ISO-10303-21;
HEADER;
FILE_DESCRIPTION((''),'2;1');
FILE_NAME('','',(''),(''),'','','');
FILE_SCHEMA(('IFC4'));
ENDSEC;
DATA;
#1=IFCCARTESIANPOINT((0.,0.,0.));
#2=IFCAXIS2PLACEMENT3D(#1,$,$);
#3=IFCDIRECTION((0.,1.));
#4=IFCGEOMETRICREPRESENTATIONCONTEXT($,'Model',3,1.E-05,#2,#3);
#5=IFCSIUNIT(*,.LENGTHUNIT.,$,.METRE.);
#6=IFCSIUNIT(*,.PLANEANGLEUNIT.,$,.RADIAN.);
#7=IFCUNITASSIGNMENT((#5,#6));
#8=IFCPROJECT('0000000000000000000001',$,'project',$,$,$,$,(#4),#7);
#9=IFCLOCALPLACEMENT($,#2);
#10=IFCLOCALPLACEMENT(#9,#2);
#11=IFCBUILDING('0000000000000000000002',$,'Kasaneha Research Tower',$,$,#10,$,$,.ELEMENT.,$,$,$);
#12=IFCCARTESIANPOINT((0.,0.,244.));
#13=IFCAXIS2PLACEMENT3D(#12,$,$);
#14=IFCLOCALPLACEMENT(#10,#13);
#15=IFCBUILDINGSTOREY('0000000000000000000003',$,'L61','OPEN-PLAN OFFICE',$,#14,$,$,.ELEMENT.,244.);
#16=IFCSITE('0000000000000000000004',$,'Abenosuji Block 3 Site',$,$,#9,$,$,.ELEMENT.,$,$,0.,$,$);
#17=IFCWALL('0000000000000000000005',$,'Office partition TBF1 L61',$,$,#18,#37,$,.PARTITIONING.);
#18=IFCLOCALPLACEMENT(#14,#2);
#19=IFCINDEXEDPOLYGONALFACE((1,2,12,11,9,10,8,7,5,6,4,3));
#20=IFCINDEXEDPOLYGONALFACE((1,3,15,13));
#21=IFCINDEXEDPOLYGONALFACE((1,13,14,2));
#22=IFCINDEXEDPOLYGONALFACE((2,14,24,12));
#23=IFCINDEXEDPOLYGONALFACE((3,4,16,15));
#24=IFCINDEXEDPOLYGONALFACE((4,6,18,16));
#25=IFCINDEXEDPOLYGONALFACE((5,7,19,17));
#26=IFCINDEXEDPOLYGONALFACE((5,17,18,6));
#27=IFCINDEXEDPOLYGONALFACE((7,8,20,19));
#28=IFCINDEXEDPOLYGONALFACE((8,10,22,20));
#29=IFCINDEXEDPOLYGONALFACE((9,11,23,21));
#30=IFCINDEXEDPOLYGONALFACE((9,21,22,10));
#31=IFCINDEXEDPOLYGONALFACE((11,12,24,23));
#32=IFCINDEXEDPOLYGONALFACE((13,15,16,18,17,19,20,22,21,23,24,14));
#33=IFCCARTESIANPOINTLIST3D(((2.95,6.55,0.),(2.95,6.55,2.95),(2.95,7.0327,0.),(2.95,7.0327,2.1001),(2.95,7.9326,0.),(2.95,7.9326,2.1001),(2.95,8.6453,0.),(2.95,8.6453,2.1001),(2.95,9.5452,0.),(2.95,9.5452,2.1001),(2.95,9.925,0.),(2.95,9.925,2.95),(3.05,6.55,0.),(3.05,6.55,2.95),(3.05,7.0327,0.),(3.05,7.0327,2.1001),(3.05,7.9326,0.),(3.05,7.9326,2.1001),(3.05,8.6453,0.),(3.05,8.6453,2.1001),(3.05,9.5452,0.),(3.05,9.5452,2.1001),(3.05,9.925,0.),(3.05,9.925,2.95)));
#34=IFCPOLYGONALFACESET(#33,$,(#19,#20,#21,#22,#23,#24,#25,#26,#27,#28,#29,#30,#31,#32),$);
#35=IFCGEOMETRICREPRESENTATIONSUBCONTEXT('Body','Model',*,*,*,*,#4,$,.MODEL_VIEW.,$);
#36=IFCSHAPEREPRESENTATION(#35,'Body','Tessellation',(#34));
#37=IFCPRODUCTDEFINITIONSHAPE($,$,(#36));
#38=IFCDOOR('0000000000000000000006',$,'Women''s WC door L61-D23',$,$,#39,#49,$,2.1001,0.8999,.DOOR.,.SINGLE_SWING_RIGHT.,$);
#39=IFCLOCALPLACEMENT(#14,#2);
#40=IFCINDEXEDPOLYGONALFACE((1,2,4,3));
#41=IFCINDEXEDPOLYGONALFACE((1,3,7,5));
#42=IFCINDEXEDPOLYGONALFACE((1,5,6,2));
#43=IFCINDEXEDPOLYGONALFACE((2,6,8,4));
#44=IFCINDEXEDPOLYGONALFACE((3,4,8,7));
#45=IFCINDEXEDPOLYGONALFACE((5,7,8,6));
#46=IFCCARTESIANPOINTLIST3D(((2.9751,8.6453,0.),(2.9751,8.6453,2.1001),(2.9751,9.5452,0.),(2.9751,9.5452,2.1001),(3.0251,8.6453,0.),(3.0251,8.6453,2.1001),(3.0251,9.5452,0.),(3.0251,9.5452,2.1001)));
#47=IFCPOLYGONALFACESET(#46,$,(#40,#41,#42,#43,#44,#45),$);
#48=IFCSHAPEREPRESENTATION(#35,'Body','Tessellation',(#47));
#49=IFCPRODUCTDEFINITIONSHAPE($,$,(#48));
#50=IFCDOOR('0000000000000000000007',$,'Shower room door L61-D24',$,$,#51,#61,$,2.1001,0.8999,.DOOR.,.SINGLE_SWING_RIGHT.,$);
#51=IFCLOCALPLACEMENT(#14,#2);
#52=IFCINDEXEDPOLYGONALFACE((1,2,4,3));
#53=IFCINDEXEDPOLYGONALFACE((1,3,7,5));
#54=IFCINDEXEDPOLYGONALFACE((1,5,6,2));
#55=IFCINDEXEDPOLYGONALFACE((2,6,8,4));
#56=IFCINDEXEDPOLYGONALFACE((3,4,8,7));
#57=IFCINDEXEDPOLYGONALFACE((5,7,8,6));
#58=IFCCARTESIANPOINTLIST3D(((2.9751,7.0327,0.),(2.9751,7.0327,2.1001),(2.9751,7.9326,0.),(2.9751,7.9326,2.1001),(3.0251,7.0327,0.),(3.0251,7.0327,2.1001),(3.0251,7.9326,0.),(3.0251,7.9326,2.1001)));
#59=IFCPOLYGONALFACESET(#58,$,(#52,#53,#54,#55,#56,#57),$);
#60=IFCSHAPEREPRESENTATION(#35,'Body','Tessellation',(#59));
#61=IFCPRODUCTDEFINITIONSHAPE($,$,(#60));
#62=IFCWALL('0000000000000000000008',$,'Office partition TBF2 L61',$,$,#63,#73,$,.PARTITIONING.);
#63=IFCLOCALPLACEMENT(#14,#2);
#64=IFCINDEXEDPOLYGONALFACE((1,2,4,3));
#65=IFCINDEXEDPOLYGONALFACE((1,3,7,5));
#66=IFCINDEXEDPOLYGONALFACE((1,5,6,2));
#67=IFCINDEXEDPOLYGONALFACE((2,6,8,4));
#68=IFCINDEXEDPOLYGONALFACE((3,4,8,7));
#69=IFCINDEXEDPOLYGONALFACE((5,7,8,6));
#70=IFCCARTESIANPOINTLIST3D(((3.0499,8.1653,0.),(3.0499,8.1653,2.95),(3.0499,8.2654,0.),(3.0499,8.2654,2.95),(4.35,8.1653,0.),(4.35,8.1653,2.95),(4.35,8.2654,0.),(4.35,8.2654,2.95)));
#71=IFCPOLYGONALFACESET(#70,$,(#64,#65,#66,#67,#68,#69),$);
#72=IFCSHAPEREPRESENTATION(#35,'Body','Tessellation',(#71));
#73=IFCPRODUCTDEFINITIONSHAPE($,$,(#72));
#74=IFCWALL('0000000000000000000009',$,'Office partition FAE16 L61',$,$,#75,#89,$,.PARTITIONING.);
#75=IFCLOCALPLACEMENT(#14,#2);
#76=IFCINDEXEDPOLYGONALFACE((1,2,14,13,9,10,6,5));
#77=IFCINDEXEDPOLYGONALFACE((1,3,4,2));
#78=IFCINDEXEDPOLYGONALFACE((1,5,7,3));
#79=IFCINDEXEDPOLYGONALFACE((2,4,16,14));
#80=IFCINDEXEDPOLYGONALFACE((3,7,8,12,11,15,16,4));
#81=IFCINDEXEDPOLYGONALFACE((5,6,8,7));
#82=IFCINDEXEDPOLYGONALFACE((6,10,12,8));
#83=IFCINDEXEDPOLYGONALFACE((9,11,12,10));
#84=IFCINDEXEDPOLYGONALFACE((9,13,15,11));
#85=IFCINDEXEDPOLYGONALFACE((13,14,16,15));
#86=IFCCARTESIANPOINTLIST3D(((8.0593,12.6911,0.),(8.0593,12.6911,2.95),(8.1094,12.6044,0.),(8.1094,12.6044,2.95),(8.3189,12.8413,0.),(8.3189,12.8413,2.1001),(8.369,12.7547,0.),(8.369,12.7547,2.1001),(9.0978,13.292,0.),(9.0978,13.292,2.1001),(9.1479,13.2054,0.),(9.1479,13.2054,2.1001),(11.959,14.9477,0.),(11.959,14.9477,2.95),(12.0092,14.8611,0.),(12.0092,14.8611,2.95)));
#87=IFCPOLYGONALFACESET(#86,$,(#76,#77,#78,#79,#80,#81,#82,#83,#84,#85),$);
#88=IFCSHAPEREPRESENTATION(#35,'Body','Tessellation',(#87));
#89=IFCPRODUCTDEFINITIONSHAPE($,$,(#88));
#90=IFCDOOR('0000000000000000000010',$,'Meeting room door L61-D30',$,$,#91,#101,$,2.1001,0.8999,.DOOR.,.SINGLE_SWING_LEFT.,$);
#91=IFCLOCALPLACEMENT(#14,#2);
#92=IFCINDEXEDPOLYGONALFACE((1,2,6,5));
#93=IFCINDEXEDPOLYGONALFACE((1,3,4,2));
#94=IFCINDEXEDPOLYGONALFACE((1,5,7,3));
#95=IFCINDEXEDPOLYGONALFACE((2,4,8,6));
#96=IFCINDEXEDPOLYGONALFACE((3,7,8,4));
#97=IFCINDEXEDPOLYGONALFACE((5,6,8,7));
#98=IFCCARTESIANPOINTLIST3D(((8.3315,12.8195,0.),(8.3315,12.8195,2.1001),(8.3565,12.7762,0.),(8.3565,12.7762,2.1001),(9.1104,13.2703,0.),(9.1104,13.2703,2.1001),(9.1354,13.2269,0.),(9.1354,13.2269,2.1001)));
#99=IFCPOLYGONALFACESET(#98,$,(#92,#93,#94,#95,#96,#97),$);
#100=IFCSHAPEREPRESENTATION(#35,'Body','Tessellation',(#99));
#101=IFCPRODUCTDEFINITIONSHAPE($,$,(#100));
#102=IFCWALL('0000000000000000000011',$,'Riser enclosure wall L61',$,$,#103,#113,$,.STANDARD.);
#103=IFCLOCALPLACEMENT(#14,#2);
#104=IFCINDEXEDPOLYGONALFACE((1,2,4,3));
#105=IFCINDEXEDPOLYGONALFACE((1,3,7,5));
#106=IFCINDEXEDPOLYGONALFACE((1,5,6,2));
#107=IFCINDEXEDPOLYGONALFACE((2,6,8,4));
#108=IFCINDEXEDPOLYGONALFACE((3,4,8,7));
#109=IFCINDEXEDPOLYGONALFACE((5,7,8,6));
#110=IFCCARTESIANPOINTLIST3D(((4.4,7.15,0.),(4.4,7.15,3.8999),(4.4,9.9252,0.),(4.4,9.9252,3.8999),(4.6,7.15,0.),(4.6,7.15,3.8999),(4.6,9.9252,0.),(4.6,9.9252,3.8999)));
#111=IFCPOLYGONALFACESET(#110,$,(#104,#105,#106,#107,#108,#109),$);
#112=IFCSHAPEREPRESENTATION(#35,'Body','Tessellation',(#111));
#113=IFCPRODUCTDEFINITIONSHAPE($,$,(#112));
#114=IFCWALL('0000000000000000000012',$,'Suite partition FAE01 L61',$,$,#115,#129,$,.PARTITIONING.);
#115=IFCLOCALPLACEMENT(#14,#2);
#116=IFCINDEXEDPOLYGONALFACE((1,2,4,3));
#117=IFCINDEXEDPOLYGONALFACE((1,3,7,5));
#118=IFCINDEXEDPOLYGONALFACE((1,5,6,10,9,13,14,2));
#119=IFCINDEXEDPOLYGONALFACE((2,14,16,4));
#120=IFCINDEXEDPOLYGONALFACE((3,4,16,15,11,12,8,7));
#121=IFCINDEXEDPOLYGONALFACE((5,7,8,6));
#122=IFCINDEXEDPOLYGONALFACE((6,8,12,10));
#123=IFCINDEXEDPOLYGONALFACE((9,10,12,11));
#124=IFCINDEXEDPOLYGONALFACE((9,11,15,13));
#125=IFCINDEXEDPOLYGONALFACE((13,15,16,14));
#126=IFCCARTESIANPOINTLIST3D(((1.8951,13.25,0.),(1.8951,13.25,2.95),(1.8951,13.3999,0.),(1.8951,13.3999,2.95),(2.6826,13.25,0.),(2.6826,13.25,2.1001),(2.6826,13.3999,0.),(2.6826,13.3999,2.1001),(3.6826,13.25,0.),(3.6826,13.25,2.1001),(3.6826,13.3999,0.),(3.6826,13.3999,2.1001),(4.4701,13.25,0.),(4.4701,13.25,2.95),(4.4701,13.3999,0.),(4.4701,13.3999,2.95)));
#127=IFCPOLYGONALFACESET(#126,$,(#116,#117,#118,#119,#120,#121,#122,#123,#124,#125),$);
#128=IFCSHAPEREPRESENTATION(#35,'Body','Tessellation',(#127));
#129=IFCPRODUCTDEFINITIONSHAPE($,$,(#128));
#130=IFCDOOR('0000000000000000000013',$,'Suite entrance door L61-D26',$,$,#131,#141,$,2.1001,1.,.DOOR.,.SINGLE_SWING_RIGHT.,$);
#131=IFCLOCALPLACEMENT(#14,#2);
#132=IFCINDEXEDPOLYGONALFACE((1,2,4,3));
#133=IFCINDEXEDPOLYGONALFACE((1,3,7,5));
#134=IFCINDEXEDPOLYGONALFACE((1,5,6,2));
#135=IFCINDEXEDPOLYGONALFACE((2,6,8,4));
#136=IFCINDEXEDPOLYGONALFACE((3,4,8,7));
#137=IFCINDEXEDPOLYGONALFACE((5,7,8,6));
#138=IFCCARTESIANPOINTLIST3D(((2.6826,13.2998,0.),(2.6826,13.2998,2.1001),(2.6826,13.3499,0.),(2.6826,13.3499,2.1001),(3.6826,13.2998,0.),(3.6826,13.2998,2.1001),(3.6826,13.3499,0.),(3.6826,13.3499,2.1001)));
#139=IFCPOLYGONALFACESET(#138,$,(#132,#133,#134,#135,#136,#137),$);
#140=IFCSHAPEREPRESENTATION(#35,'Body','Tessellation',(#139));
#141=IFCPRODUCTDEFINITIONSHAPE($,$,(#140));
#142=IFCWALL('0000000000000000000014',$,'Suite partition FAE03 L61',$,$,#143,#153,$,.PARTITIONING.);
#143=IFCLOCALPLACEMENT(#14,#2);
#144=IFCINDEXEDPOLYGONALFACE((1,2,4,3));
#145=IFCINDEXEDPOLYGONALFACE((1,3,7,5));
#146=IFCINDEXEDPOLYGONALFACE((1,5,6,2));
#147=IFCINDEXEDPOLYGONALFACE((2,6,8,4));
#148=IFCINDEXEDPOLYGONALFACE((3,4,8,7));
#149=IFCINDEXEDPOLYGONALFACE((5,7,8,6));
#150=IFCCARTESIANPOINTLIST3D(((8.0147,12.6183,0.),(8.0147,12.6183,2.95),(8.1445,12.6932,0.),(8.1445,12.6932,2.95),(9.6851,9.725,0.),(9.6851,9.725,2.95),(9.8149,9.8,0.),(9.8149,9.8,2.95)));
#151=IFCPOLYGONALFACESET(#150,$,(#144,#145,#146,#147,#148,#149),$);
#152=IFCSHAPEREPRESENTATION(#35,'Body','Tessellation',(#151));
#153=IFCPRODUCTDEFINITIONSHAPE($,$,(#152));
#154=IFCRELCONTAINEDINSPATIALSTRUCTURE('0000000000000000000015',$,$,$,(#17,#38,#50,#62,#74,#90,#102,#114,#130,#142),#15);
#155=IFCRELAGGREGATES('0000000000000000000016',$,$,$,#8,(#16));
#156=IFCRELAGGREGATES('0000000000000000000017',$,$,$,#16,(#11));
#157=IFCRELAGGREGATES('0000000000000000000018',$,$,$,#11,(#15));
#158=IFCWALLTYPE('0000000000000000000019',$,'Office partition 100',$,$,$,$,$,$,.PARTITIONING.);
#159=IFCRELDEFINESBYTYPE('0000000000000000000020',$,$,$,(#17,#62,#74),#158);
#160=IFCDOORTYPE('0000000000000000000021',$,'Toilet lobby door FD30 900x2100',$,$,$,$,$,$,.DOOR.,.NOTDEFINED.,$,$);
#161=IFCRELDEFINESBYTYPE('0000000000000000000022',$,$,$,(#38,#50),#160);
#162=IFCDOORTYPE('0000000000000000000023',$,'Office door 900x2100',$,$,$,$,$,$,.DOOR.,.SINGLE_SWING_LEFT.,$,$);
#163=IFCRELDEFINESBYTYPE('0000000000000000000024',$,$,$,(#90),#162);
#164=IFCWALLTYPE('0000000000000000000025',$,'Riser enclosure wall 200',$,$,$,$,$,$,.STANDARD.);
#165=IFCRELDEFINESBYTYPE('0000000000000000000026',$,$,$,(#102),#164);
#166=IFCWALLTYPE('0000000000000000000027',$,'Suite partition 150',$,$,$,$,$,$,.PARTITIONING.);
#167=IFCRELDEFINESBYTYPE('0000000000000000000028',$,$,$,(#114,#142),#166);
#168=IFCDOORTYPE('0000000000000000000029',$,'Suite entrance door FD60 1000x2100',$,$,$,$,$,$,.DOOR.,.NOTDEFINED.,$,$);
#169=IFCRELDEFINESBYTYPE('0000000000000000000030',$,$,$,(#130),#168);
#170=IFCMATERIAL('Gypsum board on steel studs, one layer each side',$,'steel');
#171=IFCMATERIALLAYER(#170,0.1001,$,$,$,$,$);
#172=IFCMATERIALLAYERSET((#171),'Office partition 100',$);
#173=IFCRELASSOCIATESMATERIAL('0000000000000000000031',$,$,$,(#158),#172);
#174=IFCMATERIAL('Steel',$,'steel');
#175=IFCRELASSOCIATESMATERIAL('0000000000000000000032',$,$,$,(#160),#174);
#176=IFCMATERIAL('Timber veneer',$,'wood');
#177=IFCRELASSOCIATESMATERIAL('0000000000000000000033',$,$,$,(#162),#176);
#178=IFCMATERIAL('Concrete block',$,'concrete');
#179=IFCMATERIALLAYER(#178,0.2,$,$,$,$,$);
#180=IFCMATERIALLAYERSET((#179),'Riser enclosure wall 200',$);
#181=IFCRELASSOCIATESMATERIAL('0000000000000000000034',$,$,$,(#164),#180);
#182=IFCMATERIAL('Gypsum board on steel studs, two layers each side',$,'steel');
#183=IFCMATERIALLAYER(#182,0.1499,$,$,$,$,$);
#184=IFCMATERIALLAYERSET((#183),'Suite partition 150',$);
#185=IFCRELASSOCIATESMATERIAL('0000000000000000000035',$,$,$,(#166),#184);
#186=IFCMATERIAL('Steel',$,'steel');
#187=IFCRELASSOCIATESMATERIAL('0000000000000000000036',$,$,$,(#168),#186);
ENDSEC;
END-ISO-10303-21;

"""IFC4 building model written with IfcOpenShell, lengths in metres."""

from ifc_helpers import new_model, si_unit, direction, frame, frame_2d, origin, place, context, subcontext, project, spatial, rectangle, extrude, material, layer, layer_set, type_object, element, fill, save


model = new_model("IFC4")

# Units and contexts
model_context = context("Model", 3, precision=1e-05, world=origin(), true_north=direction((0.0, 1.0)))
body_context = subcontext(model_context, "Body", "Model", "MODEL_VIEW")
ifc_project = project(units=[si_unit("LENGTHUNIT", "METRE"), si_unit("PLANEANGLEUNIT", "RADIAN")], contexts=[model_context])

# Site, building, storey
site_placement = place(None, origin())
site = spatial("IfcSite", under=ifc_project, at=site_placement, Name="Abenosuji Block 3 Site", CompositionType="ELEMENT", RefElevation=0.0)
building_placement = place(site_placement, origin())
building = spatial("IfcBuilding", under=site, at=building_placement, Name="Kasaneha Research Tower", CompositionType="ELEMENT")
storey_placement = place(building_placement, frame((0.0, 0.0, 244.0)))
storey = spatial("IfcBuildingStorey", under=building, at=storey_placement, Name="L61", Description="OPEN-PLAN OFFICE", CompositionType="ELEMENT", Elevation=244.0)

# Wall, openings, doors
ifc_material_1 = material(Name="Gypsum board on steel studs, one layer each side", Category="steel")
ifc_layer_1 = layer(ifc_material_1, 0.1001)
ifc_layer_set_1 = layer_set([ifc_layer_1], Name="Office partition 100")
wall_type_1 = type_object("IfcWallType", Name="Office partition 100", PredefinedType="PARTITIONING", material=ifc_layer_set_1)
wall_1_placement = place(storey_placement, frame((3.0, 6.55, 0.0), z_axis=(0.0, 0.0, 1.0), x_axis=(0.0, 1.0, 0.0)))
wall_1 = element("IfcWall", 1, at=wall_1_placement, inside=storey, type_object=wall_type_1, Name="Office partition TBF1 L61", PredefinedType="PARTITIONING", context=body_context, shape_type="SweptSolid", body=[
    extrude(rectangle(XDim=3.375, YDim=0.1001, at=frame_2d((1.6875, 0.0))), origin(), (0.0, 0.0, 1.0), 2.95),
])
opening_1_placement = place(wall_1_placement, frame((2.0952, 0.0, 0.0)))
opening_1 = element("IfcOpeningElement", 2, at=opening_1_placement, cuts=wall_1, PredefinedType="OPENING", context=body_context, shape_type="SweptSolid", body=[
    extrude(rectangle(XDim=0.8999, YDim=2.1001, at=frame_2d((0.45, 1.05))), frame((0.0, 0.0601, 0.0), z_axis=(0.0, -1.0, 0.0), x_axis=(1.0, 0.0, 0.0)), (0.0, 0.0, 1.0), 0.1201),
])
opening_2_placement = place(wall_1_placement, frame((0.4827, 0.0, 0.0)))
opening_2 = element("IfcOpeningElement", 3, at=opening_2_placement, cuts=wall_1, PredefinedType="OPENING", context=body_context, shape_type="SweptSolid", body=[
    extrude(rectangle(XDim=0.8999, YDim=2.1001, at=frame_2d((0.45, 1.05))), frame((0.0, 0.0601, 0.0), z_axis=(0.0, -1.0, 0.0), x_axis=(1.0, 0.0, 0.0)), (0.0, 0.0, 1.0), 0.1201),
])
ifc_material_2 = material(Name="Steel", Category="steel")
door_type_1 = type_object("IfcDoorType", Name="Toilet lobby door FD30 900x2100", OperationType="NOTDEFINED", PredefinedType="DOOR", material=ifc_material_2)
door_1_placement = place(opening_1_placement, origin())
door_1 = element("IfcDoor", 4, at=door_1_placement, inside=storey, type_object=door_type_1, Name="Women's WC door L61-D23", OperationType="SINGLE_SWING_RIGHT", OverallHeight=2.1001, OverallWidth=0.8999, PredefinedType="DOOR", context=body_context, shape_type="SweptSolid", body=[
    extrude(rectangle(XDim=0.8999, YDim=2.1001, at=frame_2d((0.45, 1.05))), frame((0.0, 0.0249, 0.0), z_axis=(0.0, -1.0, 0.0), x_axis=(1.0, 0.0, 0.0)), (0.0, 0.0, 1.0), 0.05),
])
fill(opening_1, door_1)
door_2_placement = place(opening_2_placement, origin())
door_2 = element("IfcDoor", 5, at=door_2_placement, inside=storey, type_object=door_type_1, Name="Shower room door L61-D24", OperationType="SINGLE_SWING_RIGHT", OverallHeight=2.1001, OverallWidth=0.8999, PredefinedType="DOOR", context=body_context, shape_type="SweptSolid", body=[
    extrude(rectangle(XDim=0.8999, YDim=2.1001, at=frame_2d((0.45, 1.05))), frame((0.0, 0.0249, 0.0), z_axis=(0.0, -1.0, 0.0), x_axis=(1.0, 0.0, 0.0)), (0.0, 0.0, 1.0), 0.05),
])
fill(opening_2, door_2)

# Wall
wall_2_placement = place(storey_placement, frame((3.05, 8.2153, 0.0), z_axis=(0.0, 0.0, 1.0), x_axis=(1.0, 0.0, 0.0)))
element("IfcWall", 6, at=wall_2_placement, inside=storey, type_object=wall_type_1, Name="Office partition TBF2 L61", PredefinedType="PARTITIONING", context=body_context, shape_type="SweptSolid", body=[
    extrude(rectangle(XDim=1.3, YDim=0.1001, at=frame_2d((0.6499, 0.0))), origin(), (0.0, 0.0, 1.0), 2.95),
])

# Wall, opening, door
wall_3_placement = place(storey_placement, frame((8.0842, 12.6477, 0.0), z_axis=(0.0, 0.0, 1.0), x_axis=(0.865533, 0.500853, 0.0)))
wall_3 = element("IfcWall", 7, at=wall_3_placement, inside=storey, type_object=wall_type_1, Name="Office partition FAE16 L61", PredefinedType="PARTITIONING", context=body_context, shape_type="SweptSolid", body=[
    extrude(rectangle(XDim=4.5056, YDim=0.1001, at=frame_2d((2.2529, 0.0))), origin(), (0.0, 0.0, 1.0), 2.95),
])
opening_3_placement = place(wall_3_placement, frame((0.3, 0.0, 0.0)))
opening_3 = element("IfcOpeningElement", 8, at=opening_3_placement, cuts=wall_3, PredefinedType="OPENING", context=body_context, shape_type="SweptSolid", body=[
    extrude(rectangle(XDim=0.8999, YDim=2.1001, at=frame_2d((0.45, 1.05))), frame((0.0, 0.0601, 0.0), z_axis=(0.0, -1.0, 0.0), x_axis=(1.0, 0.0, 0.0)), (0.0, 0.0, 1.0), 0.1201),
])
ifc_material_3 = material(Name="Timber veneer", Category="wood")
door_type_2 = type_object("IfcDoorType", Name="Office door 900x2100", OperationType="SINGLE_SWING_LEFT", PredefinedType="DOOR", material=ifc_material_3)
door_3_placement = place(opening_3_placement, origin())
door_3 = element("IfcDoor", 9, at=door_3_placement, inside=storey, type_object=door_type_2, Name="Meeting room door L61-D30", OperationType="SINGLE_SWING_LEFT", OverallHeight=2.1001, OverallWidth=0.8999, PredefinedType="DOOR", context=body_context, shape_type="SweptSolid", body=[
    extrude(rectangle(XDim=0.8999, YDim=2.1001, at=frame_2d((0.45, 1.05))), frame((0.0, 0.0249, 0.0), z_axis=(0.0, -1.0, 0.0), x_axis=(1.0, 0.0, 0.0)), (0.0, 0.0, 1.0), 0.05),
])
fill(opening_3, door_3)

# Wall
ifc_material_4 = material(Name="Concrete block", Category="concrete")
ifc_layer_2 = layer(ifc_material_4, 0.2)
ifc_layer_set_2 = layer_set([ifc_layer_2], Name="Riser enclosure wall 200")
wall_type_2 = type_object("IfcWallType", Name="Riser enclosure wall 200", PredefinedType="STANDARD", material=ifc_layer_set_2)
wall_4_placement = place(storey_placement, frame((4.5, 7.1499, 0.0), z_axis=(0.0, 0.0, 1.0), x_axis=(0.0, 1.0, 0.0)))
element("IfcWall", 10, at=wall_4_placement, inside=storey, type_object=wall_type_2, Name="Riser enclosure wall L61", PredefinedType="STANDARD", context=body_context, shape_type="SweptSolid", body=[
    extrude(rectangle(XDim=2.7751, YDim=0.2, at=frame_2d((1.3877, 0.0))), origin(), (0.0, 0.0, 1.0), 3.8999),
])

# Wall, opening, door
ifc_material_5 = material(Name="Gypsum board on steel studs, two layers each side", Category="steel")
ifc_layer_3 = layer(ifc_material_5, 0.1499)
ifc_layer_set_3 = layer_set([ifc_layer_3], Name="Suite partition 150")
wall_type_3 = type_object("IfcWallType", Name="Suite partition 150", PredefinedType="PARTITIONING", material=ifc_layer_set_3)
wall_5_placement = place(storey_placement, frame((1.895, 13.325, 0.0), z_axis=(0.0, 0.0, 1.0), x_axis=(1.0, 0.0, 0.0)))
wall_5 = element("IfcWall", 11, at=wall_5_placement, inside=storey, type_object=wall_type_3, Name="Suite partition FAE01 L61", PredefinedType="PARTITIONING", context=body_context, shape_type="SweptSolid", body=[
    extrude(rectangle(XDim=2.575, YDim=0.1499, at=frame_2d((1.2876, 0.0))), origin(), (0.0, 0.0, 1.0), 2.95),
])
opening_4_placement = place(wall_5_placement, frame((0.7876, 0.0, 0.0)))
opening_4 = element("IfcOpeningElement", 12, at=opening_4_placement, cuts=wall_5, PredefinedType="OPENING", context=body_context, shape_type="SweptSolid", body=[
    extrude(rectangle(XDim=1.0, YDim=2.1001, at=frame_2d((0.5, 1.05))), frame((0.0, 0.085, 0.0), z_axis=(0.0, -1.0, 0.0), x_axis=(1.0, 0.0, 0.0)), (0.0, 0.0, 1.0), 0.1699),
])
ifc_material_6 = material(Name="Steel", Category="steel")
door_type_3 = type_object("IfcDoorType", Name="Suite entrance door FD60 1000x2100", OperationType="NOTDEFINED", PredefinedType="DOOR", material=ifc_material_6)
door_4_placement = place(opening_4_placement, origin())
door_4 = element("IfcDoor", 13, at=door_4_placement, inside=storey, type_object=door_type_3, Name="Suite entrance door L61-D26", OperationType="SINGLE_SWING_RIGHT", OverallHeight=2.1001, OverallWidth=1.0, PredefinedType="DOOR", context=body_context, shape_type="SweptSolid", body=[
    extrude(rectangle(XDim=1.0, YDim=2.1001, at=frame_2d((0.5, 1.05))), frame((0.0, 0.0249, 0.0), z_axis=(0.0, -1.0, 0.0), x_axis=(1.0, 0.0, 0.0)), (0.0, 0.0, 1.0), 0.05),
])
fill(opening_4, door_4)

# Wall
wall_6_placement = place(storey_placement, frame((8.0796, 12.6558, 0.0), z_axis=(0.0, 0.0, 1.0), x_axis=(0.49999, -0.866031, 0.0)))
element("IfcWall", 14, at=wall_6_placement, inside=storey, type_object=wall_type_3, Name="Suite partition FAE03 L61", PredefinedType="PARTITIONING", context=body_context, shape_type="SweptSolid", body=[
    extrude(rectangle(XDim=3.3408, YDim=0.1499, at=frame_2d((1.6704, 0.0))), origin(), (0.0, 0.0, 1.0), 2.95),
])

save(model, "model.ifc")
